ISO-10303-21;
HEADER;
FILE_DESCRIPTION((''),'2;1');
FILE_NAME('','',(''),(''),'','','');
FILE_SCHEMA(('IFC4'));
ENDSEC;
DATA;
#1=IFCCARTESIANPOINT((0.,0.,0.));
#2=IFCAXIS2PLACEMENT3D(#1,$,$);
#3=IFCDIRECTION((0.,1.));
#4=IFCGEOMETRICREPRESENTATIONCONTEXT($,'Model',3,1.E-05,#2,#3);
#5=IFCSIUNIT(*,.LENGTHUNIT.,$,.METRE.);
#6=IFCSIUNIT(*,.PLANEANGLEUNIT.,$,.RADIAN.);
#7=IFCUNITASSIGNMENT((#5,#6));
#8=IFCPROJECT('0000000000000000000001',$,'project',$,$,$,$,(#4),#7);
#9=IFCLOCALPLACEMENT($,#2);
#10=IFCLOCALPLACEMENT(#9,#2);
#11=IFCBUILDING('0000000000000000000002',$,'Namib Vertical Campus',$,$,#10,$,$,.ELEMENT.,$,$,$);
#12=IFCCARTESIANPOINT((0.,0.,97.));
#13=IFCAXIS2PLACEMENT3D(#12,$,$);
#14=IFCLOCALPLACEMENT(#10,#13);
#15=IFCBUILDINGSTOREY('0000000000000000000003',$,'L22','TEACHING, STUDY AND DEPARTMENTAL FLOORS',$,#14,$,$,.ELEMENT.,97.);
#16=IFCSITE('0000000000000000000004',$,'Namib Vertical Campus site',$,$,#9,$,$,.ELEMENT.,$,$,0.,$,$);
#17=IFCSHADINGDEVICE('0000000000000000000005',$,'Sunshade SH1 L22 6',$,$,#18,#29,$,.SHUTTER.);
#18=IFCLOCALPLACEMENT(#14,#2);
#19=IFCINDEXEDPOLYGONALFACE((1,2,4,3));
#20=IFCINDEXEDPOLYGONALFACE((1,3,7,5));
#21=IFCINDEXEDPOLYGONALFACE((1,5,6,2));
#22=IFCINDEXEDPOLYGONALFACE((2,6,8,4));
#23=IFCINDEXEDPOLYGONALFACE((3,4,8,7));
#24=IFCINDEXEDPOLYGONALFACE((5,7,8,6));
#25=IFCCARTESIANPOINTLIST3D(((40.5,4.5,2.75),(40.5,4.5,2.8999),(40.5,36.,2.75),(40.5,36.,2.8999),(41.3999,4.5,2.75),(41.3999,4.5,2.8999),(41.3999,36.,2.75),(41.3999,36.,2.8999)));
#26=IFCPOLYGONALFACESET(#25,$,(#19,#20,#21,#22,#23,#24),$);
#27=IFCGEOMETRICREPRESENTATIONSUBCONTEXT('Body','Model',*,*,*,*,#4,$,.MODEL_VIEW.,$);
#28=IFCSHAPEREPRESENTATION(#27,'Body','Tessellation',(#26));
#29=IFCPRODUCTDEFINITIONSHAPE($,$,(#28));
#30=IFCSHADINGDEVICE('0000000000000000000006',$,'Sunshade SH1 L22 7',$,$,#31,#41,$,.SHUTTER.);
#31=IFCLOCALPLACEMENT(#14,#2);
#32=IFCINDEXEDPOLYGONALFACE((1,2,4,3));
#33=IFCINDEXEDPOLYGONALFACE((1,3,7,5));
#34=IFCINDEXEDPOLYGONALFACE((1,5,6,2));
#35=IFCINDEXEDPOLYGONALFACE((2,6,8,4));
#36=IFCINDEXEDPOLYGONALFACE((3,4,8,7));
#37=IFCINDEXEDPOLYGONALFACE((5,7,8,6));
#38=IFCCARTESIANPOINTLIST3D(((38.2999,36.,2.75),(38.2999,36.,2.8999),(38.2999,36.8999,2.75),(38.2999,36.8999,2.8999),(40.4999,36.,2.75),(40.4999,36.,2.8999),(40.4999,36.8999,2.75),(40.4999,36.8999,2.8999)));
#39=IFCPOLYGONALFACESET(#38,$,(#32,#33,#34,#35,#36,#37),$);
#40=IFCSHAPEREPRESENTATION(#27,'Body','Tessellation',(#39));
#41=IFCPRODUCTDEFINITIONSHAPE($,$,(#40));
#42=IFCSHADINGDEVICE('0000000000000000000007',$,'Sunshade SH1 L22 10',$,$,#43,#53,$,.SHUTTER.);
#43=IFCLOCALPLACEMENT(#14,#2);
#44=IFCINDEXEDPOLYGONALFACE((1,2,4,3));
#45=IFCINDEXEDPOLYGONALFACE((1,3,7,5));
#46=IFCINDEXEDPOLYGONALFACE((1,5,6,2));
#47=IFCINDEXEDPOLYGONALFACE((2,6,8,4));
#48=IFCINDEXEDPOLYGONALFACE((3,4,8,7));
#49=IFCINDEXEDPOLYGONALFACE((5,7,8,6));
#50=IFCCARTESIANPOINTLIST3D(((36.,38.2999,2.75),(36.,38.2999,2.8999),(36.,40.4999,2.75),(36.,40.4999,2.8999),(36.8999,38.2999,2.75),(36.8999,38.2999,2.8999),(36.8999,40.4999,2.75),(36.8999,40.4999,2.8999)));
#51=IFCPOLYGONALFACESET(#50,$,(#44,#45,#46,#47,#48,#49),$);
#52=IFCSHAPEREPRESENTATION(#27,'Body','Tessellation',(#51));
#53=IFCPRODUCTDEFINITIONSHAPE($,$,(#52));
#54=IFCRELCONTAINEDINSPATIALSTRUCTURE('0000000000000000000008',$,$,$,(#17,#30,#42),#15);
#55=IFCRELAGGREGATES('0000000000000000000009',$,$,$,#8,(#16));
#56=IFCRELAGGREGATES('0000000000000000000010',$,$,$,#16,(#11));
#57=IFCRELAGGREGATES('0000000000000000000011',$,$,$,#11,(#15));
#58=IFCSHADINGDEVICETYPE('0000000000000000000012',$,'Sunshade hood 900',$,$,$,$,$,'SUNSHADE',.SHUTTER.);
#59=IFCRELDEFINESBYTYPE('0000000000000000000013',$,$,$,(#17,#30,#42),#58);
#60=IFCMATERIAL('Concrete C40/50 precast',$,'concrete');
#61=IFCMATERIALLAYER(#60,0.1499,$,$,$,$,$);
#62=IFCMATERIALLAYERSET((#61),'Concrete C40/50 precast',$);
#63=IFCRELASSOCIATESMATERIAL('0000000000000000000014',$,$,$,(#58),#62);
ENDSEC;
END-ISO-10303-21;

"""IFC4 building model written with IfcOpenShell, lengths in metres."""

from ifc_helpers import new_model, si_unit, direction, frame, origin, origin_2d, place, context, subcontext, project, spatial, rectangle, extrude, material, layer, layer_set, type_object, element, save


model = new_model("IFC4")

# Units and contexts
model_context = context("Model", 3, precision=1e-05, world=origin(), true_north=direction((0.0, 1.0)))
body_context = subcontext(model_context, "Body", "Model", "MODEL_VIEW")
ifc_project = project(units=[si_unit("LENGTHUNIT", "METRE"), si_unit("PLANEANGLEUNIT", "RADIAN")], contexts=[model_context])

# Site, building, storey
site_placement = place(None, origin())
site = spatial("IfcSite", under=ifc_project, at=site_placement, Name="Namib Vertical Campus site", CompositionType="ELEMENT", RefElevation=0.0)
building_placement = place(site_placement, origin())
building = spatial("IfcBuilding", under=site, at=building_placement, Name="Namib Vertical Campus", CompositionType="ELEMENT")
storey_placement = place(building_placement, frame((0.0, 0.0, 97.0)))
storey = spatial("IfcBuildingStorey", under=building, at=storey_placement, Name="L22", Description="TEACHING, STUDY AND DEPARTMENTAL FLOORS", CompositionType="ELEMENT", Elevation=97.0)

# Shading devices
ifc_material_1 = material(Name="Concrete C40/50 precast", Category="concrete")
ifc_layer_1 = layer(ifc_material_1, 0.1499)
ifc_layer_set_1 = layer_set([ifc_layer_1], Name="Concrete C40/50 precast")
shading_device_type = type_object("IfcShadingDeviceType", Name="Sunshade hood 900", ElementType="SUNSHADE", PredefinedType="SHUTTER", material=ifc_layer_set_1)
shading_device_placement = place(storey_placement, frame((40.95, 20.25, 2.75), z_axis=(0.0, 0.0, 1.0), x_axis=(0.0, 1.0, 0.0)))
element("IfcShadingDevice", 1, at=shading_device_placement, inside=storey, type_object=shading_device_type, Name="Sunshade SH1 L22 6", PredefinedType="SHUTTER", context=body_context, shape_type="SweptSolid", body=[
    extrude(rectangle(XDim=31.5, YDim=0.8999, at=origin_2d()), origin(), (0.0, 0.0, 1.0), 0.1499),
])
for number, where, z_axis, x_axis, name in (
    (2, (39.3999, 36.45, 2.75), (0.0, 0.0, 1.0), (-1.0, 0.0, 0.0), "Sunshade SH1 L22 7"),
    (3, (36.45, 39.3999, 2.75), (0.0, 0.0, 1.0), (0.0, 1.0, 0.0), "Sunshade SH1 L22 10"),
):
    element("IfcShadingDevice", number, at=place(storey_placement, frame(where, z_axis=z_axis, x_axis=x_axis)), inside=storey, type_object=shading_device_type, Name=name, PredefinedType="SHUTTER", context=body_context, shape_type="SweptSolid", body=[
        extrude(rectangle(XDim=2.2, YDim=0.8999, at=origin_2d()), origin(), (0.0, 0.0, 1.0), 0.1499),
    ])

save(model, "model.ifc")
